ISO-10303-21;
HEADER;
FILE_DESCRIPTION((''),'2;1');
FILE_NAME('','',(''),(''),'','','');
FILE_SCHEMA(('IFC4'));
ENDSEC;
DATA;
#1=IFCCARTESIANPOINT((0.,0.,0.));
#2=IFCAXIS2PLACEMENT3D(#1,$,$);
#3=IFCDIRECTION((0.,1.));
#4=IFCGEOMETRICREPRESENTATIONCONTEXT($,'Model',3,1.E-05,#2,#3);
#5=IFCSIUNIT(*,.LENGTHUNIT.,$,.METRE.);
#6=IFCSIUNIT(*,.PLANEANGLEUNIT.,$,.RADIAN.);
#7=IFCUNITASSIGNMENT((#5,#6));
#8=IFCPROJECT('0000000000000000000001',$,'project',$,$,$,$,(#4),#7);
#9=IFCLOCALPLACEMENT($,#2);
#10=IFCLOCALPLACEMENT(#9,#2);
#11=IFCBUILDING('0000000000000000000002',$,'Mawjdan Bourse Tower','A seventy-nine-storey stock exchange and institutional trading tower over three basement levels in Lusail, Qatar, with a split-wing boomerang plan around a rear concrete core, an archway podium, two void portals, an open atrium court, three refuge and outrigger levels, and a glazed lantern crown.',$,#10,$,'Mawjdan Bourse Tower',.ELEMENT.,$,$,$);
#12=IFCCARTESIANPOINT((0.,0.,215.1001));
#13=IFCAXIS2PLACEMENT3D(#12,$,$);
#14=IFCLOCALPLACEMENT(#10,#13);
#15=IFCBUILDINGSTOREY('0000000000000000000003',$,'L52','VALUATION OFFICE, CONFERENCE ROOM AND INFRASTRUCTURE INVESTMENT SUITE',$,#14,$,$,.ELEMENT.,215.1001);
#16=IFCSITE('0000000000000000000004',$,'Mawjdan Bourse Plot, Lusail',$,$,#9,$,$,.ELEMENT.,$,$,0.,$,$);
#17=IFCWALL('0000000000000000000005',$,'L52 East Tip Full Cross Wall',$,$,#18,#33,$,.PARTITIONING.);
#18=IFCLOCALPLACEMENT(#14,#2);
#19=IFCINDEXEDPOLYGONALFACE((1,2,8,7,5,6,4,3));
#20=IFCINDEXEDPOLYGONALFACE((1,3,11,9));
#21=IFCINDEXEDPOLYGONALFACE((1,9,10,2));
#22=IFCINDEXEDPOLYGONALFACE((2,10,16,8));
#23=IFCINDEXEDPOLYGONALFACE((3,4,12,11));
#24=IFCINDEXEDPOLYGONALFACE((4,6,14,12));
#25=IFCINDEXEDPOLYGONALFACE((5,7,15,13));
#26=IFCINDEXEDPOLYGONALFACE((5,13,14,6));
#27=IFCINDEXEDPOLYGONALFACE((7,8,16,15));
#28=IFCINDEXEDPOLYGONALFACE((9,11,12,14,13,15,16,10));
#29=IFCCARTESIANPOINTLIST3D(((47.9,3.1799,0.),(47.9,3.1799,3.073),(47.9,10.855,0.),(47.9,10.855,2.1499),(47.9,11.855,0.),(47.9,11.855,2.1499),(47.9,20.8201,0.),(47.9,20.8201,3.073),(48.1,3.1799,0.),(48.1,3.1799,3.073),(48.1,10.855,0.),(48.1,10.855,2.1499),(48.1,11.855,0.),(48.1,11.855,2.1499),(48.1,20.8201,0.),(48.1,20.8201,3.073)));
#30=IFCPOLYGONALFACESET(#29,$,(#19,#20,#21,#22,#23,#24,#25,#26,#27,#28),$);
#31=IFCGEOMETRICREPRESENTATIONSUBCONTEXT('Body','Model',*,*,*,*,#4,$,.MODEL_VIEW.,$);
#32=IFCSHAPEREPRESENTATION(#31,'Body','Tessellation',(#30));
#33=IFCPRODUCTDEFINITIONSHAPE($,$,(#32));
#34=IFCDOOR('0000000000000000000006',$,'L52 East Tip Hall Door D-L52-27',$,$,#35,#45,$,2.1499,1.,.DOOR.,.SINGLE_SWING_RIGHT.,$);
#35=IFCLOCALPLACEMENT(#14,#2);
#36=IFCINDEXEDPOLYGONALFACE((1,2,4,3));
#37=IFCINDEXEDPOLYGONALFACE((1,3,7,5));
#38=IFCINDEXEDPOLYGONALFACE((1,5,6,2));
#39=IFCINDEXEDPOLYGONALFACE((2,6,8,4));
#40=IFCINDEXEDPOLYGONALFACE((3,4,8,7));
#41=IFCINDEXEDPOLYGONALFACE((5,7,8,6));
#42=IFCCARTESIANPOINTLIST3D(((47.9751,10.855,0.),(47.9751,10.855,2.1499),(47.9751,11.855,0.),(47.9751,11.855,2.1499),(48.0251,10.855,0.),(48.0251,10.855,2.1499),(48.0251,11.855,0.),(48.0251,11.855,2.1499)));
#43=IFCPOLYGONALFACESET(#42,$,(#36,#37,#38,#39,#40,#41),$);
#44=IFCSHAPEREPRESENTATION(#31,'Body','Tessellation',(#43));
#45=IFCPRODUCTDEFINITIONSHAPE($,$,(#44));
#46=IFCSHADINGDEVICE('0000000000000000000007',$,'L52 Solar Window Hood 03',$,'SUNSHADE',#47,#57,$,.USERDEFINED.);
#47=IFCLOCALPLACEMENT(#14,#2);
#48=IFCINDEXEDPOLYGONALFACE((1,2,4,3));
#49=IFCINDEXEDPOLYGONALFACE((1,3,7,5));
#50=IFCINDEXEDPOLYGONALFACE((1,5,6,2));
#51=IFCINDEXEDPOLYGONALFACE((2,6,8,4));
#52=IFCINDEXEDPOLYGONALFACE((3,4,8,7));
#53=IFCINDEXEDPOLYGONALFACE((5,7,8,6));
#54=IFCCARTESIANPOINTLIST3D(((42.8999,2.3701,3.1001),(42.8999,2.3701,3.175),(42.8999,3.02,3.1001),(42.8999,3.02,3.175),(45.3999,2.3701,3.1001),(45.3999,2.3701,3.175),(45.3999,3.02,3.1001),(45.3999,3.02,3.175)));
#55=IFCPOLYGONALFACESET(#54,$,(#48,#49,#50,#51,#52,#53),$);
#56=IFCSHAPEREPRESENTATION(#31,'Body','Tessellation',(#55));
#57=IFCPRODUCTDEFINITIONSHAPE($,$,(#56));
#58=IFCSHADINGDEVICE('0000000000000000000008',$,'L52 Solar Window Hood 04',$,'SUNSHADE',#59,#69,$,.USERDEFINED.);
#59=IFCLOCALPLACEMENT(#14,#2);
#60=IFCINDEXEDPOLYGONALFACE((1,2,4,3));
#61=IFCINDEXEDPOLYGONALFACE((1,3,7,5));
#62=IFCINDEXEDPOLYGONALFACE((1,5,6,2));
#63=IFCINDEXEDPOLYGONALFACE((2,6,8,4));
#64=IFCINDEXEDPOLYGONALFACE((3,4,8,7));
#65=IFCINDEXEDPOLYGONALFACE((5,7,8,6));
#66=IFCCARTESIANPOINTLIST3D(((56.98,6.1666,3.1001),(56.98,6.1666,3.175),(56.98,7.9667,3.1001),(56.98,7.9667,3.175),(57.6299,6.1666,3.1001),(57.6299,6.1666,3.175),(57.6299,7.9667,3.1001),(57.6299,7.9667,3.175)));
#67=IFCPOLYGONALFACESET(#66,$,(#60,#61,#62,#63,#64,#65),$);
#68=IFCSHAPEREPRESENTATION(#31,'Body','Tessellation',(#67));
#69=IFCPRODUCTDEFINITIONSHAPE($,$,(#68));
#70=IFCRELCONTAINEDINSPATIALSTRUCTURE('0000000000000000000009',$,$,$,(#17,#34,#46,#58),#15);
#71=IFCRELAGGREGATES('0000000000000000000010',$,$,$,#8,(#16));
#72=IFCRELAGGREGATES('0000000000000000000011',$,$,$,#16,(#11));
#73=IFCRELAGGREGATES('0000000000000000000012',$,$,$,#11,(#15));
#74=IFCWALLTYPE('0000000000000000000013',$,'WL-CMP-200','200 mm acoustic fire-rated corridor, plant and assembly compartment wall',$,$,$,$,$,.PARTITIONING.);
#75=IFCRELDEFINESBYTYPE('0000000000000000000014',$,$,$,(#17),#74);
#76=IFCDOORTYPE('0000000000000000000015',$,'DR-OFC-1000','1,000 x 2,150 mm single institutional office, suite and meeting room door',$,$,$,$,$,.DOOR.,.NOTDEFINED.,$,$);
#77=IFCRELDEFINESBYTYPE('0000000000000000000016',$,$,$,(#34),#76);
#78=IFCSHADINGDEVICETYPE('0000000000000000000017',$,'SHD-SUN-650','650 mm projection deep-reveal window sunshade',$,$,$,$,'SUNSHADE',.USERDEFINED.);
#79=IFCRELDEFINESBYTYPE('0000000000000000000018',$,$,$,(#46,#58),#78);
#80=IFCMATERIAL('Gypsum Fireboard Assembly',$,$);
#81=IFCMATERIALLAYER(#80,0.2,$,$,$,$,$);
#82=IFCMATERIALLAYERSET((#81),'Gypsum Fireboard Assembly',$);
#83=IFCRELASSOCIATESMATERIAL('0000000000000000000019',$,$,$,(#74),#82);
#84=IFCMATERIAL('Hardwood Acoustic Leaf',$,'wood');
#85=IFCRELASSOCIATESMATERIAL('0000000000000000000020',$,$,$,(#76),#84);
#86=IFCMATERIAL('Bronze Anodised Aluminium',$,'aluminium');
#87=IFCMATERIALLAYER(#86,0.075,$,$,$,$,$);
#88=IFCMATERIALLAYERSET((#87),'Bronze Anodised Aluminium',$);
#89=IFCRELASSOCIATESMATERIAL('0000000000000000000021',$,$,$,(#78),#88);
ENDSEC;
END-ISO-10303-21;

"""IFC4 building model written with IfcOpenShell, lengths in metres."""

from ifc_helpers import new_model, si_unit, direction, frame, frame_2d, origin, origin_2d, place, context, subcontext, project, spatial, rectangle, extrude, material, layer, layer_set, type_object, element, fill, save


model = new_model("IFC4")

# Units and contexts
model_context = context("Model", 3, precision=1e-05, world=origin(), true_north=direction((0.0, 1.0)))
body_context = subcontext(model_context, "Body", "Model", "MODEL_VIEW")
ifc_project = project(units=[si_unit("LENGTHUNIT", "METRE"), si_unit("PLANEANGLEUNIT", "RADIAN")], contexts=[model_context])

# Site, building, storey
site_placement = place(None, origin())
site = spatial("IfcSite", under=ifc_project, at=site_placement, Name="Mawjdan Bourse Plot, Lusail", CompositionType="ELEMENT", RefElevation=0.0)
building_placement = place(site_placement, origin())
building = spatial("IfcBuilding", under=site, at=building_placement, Name="Mawjdan Bourse Tower", Description="A seventy-nine-storey stock exchange and institutional trading tower over three basement levels in Lusail, Qatar, with a split-wing boomerang plan around a rear concrete core, an archway podium, two void portals, an open atrium court, three refuge and outrigger levels, and a glazed lantern crown.", LongName="Mawjdan Bourse Tower", CompositionType="ELEMENT")
storey_placement = place(building_placement, frame((0.0, 0.0, 215.1001)))
storey = spatial("IfcBuildingStorey", under=building, at=storey_placement, Name="L52", Description="VALUATION OFFICE, CONFERENCE ROOM AND INFRASTRUCTURE INVESTMENT SUITE", CompositionType="ELEMENT", Elevation=215.1001)

# Wall, opening, door
ifc_material_1 = material(Name="Gypsum Fireboard Assembly")
ifc_layer_1 = layer(ifc_material_1, 0.2)
ifc_layer_set_1 = layer_set([ifc_layer_1], Name="Gypsum Fireboard Assembly")
wall_type_1 = type_object("IfcWallType", Name="WL-CMP-200", Description="200 mm acoustic fire-rated corridor, plant and assembly compartment wall", PredefinedType="PARTITIONING", material=ifc_layer_set_1)
ifc_material_2 = material(Name="Hardwood Acoustic Leaf", Category="wood")
door_type = type_object("IfcDoorType", Name="DR-OFC-1000", Description="1,000 x 2,150 mm single institutional office, suite and meeting room door", OperationType="NOTDEFINED", PredefinedType="DOOR", material=ifc_material_2)
wall_1_placement = place(storey_placement, frame((48.0, 3.1799, 0.0), z_axis=(0.0, 0.0, 1.0), x_axis=(0.0, 1.0, 0.0)))
wall_1 = element("IfcWall", 1, at=wall_1_placement, inside=storey, type_object=wall_type_1, Name="L52 East Tip Full Cross Wall", PredefinedType="PARTITIONING", context=body_context, shape_type="SweptSolid", body=[
    extrude(rectangle(XDim=17.6401, YDim=0.2, at=frame_2d((8.8201, 0.0))), origin(), (0.0, 0.0, 1.0), 3.073),
])
opening_1_placement = place(wall_1_placement, frame((7.675, 0.0, 0.0)))
opening_1 = element("IfcOpeningElement", 2, at=opening_1_placement, cuts=wall_1, PredefinedType="OPENING", context=body_context, shape_type="SweptSolid", body=[
    extrude(rectangle(XDim=1.0, YDim=2.1499, at=frame_2d((0.5, 1.075))), frame((0.0, 0.1099, 0.0), z_axis=(0.0, -1.0, 0.0), x_axis=(1.0, 0.0, 0.0)), (0.0, 0.0, 1.0), 0.22),
])
door_1_placement = place(opening_1_placement, origin())
door_1 = element("IfcDoor", 3, at=door_1_placement, inside=storey, type_object=door_type, Name="L52 East Tip Hall Door D-L52-27", OperationType="SINGLE_SWING_RIGHT", OverallHeight=2.1499, OverallWidth=1.0, PredefinedType="DOOR", context=body_context, shape_type="SweptSolid", body=[
    extrude(rectangle(XDim=1.0, YDim=2.1499, at=frame_2d((0.5, 1.075))), frame((0.0, 0.0249, 0.0), z_axis=(0.0, -1.0, 0.0), x_axis=(1.0, 0.0, 0.0)), (0.0, 0.0, 1.0), 0.05),
])
fill(opening_1, door_1)

# Shading devices
ifc_material_3 = material(Name="Bronze Anodised Aluminium", Category="aluminium")
ifc_layer_2 = layer(ifc_material_3, 0.075)
ifc_layer_set_2 = layer_set([ifc_layer_2], Name="Bronze Anodised Aluminium")
shading_device_type = type_object("IfcShadingDeviceType", Name="SHD-SUN-650", Description="650 mm projection deep-reveal window sunshade", ElementType="SUNSHADE", PredefinedType="USERDEFINED", material=ifc_layer_set_2)
shading_device_1_placement = place(storey_placement, frame((44.1499, 2.6951, 3.1001), z_axis=(0.0, 0.0, 1.0), x_axis=(1.0, 0.0, 0.0)))
element("IfcShadingDevice", 4, at=shading_device_1_placement, inside=storey, type_object=shading_device_type, Name="L52 Solar Window Hood 03", ObjectType="SUNSHADE", PredefinedType="USERDEFINED", context=body_context, shape_type="SweptSolid", body=[
    extrude(rectangle(XDim=2.5, YDim=0.6499, at=origin_2d()), origin(), (0.0, 0.0, 1.0), 0.075),
])
shading_device_2_placement = place(storey_placement, frame((57.3049, 7.0667, 3.1001), z_axis=(0.0, 0.0, 1.0), x_axis=(0.0, 1.0, 0.0)))
element("IfcShadingDevice", 5, at=shading_device_2_placement, inside=storey, type_object=shading_device_type, Name="L52 Solar Window Hood 04", ObjectType="SUNSHADE", PredefinedType="USERDEFINED", context=body_context, shape_type="SweptSolid", body=[
    extrude(rectangle(XDim=1.8, YDim=0.6499, at=origin_2d()), origin(), (0.0, 0.0, 1.0), 0.075),
])

save(model, "model.ifc")
